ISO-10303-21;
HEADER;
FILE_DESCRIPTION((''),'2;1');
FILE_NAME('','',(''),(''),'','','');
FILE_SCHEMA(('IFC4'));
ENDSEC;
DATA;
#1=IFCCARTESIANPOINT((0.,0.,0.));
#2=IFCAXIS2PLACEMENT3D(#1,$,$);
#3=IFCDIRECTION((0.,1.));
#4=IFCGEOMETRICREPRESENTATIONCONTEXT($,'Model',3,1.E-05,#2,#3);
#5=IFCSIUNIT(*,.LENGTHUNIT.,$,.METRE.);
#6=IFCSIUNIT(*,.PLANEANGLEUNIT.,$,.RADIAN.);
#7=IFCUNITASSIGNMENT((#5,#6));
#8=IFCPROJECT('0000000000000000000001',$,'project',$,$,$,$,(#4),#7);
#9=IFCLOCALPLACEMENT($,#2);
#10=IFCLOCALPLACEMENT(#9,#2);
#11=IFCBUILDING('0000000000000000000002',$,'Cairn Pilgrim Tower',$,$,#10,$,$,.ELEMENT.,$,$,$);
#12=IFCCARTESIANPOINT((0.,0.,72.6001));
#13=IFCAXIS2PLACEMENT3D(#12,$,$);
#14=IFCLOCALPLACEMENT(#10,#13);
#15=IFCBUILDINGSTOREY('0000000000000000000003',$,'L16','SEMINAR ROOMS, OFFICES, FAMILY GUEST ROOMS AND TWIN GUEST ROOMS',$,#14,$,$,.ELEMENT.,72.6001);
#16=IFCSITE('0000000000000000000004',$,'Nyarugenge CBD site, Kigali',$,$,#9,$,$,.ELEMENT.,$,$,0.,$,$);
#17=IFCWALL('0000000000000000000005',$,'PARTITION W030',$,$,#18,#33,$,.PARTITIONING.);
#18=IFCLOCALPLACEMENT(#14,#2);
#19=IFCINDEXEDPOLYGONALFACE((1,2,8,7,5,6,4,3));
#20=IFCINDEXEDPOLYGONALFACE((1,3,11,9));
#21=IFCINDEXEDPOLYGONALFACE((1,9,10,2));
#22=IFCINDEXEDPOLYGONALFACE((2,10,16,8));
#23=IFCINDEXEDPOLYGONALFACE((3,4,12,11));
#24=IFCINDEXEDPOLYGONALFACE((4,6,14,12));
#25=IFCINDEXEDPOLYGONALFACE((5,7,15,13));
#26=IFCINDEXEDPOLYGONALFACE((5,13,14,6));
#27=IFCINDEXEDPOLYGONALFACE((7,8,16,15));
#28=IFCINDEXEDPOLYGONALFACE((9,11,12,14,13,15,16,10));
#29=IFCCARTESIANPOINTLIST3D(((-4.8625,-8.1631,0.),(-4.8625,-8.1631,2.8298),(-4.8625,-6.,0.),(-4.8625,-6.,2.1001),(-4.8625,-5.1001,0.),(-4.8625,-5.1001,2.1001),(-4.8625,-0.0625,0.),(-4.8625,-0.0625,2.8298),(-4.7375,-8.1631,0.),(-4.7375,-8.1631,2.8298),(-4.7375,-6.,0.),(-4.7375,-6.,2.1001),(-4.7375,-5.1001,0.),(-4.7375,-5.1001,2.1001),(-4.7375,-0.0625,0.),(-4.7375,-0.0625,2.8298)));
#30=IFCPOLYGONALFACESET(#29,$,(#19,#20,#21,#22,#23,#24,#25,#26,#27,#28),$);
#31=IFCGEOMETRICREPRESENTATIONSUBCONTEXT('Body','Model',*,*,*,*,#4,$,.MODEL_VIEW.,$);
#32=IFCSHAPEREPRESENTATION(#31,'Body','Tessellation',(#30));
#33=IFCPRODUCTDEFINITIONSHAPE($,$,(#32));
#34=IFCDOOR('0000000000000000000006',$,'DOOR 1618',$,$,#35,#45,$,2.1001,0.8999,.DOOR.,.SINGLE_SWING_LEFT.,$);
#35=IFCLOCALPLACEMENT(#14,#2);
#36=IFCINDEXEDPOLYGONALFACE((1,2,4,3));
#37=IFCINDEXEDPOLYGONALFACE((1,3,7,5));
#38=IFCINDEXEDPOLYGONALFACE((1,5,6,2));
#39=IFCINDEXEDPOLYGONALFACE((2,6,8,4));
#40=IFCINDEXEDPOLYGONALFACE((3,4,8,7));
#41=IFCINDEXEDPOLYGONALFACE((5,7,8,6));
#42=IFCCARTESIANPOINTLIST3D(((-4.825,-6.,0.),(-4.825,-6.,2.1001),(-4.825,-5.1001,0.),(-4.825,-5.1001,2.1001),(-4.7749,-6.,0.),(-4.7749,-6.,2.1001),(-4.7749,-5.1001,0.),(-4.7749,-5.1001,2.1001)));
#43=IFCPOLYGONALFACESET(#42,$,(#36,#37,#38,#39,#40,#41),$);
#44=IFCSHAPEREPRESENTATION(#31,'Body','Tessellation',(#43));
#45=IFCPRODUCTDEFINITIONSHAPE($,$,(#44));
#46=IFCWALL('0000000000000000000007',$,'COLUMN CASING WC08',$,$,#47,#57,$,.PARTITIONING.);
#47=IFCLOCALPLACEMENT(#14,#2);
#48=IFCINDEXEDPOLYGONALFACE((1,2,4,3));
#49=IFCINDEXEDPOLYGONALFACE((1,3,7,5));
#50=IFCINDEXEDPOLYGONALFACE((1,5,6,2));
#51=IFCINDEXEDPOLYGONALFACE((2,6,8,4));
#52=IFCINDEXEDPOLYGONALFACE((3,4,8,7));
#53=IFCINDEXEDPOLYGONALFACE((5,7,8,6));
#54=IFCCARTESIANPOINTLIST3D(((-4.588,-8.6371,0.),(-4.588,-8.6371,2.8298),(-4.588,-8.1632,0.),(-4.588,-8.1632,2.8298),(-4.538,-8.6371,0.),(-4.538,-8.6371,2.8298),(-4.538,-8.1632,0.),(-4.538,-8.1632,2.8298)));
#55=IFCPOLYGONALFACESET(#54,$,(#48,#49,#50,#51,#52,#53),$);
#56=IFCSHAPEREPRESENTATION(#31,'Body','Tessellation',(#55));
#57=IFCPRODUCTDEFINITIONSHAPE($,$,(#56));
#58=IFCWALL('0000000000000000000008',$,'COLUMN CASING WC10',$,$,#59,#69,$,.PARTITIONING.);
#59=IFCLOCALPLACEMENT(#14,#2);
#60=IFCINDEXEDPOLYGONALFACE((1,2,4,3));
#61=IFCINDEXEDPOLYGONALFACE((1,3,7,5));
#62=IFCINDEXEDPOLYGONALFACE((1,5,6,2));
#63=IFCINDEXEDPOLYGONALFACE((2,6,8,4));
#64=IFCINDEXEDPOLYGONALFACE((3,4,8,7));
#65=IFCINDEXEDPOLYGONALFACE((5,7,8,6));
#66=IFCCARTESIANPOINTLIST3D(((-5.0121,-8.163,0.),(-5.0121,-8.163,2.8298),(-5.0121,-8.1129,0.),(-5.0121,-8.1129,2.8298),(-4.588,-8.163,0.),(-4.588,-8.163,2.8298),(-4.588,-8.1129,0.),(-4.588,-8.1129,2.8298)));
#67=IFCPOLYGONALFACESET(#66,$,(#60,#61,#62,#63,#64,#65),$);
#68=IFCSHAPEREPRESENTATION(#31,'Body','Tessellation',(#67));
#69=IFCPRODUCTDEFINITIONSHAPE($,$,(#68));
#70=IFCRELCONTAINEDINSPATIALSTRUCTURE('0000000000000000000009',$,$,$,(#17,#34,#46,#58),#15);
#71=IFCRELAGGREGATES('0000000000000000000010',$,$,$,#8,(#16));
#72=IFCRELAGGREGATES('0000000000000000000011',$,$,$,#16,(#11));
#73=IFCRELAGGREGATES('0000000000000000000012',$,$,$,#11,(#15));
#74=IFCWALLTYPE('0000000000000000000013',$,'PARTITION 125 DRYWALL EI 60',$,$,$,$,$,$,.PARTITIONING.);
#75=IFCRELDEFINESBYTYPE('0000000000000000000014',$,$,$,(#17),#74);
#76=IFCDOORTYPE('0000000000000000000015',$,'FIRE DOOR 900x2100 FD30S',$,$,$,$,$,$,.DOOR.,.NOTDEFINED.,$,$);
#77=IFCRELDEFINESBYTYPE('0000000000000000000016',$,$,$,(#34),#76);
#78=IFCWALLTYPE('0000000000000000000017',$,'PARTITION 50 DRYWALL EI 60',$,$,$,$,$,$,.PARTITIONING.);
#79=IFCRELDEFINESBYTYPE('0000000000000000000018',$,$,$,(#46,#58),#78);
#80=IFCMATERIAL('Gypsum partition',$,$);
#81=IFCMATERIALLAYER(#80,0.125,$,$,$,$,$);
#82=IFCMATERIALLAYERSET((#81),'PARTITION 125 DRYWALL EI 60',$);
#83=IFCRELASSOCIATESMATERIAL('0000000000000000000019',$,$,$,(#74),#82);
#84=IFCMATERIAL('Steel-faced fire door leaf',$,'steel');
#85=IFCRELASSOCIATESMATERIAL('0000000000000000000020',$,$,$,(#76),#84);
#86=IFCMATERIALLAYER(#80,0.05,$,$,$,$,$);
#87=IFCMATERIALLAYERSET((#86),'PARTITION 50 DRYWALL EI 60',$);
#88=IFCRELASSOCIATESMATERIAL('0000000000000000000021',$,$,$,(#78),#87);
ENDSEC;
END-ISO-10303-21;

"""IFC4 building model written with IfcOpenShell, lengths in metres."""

from ifc_helpers import new_model, si_unit, direction, frame, frame_2d, origin, place, context, subcontext, project, spatial, rectangle, extrude, material, layer, layer_set, type_object, element, fill, save


model = new_model("IFC4")

# Units and contexts
model_context = context("Model", 3, precision=1e-05, world=origin(), true_north=direction((0.0, 1.0)))
body_context = subcontext(model_context, "Body", "Model", "MODEL_VIEW")
ifc_project = project(units=[si_unit("LENGTHUNIT", "METRE"), si_unit("PLANEANGLEUNIT", "RADIAN")], contexts=[model_context])

# Site, building, storey
site_placement = place(None, origin())
site = spatial("IfcSite", under=ifc_project, at=site_placement, Name="Nyarugenge CBD site, Kigali", CompositionType="ELEMENT", RefElevation=0.0)
building_placement = place(site_placement, origin())
building = spatial("IfcBuilding", under=site, at=building_placement, Name="Cairn Pilgrim Tower", CompositionType="ELEMENT")
storey_placement = place(building_placement, frame((0.0, 0.0, 72.6001)))
storey = spatial("IfcBuildingStorey", under=building, at=storey_placement, Name="L16", Description="SEMINAR ROOMS, OFFICES, FAMILY GUEST ROOMS AND TWIN GUEST ROOMS", CompositionType="ELEMENT", Elevation=72.6001)

# Shared definitions
ifc_material_1 = material(Name="Gypsum partition")
ifc_layer_1 = layer(ifc_material_1, 0.125)
ifc_layer_set_1 = layer_set([ifc_layer_1], Name="PARTITION 125 DRYWALL EI 60")
wall_type_1 = type_object("IfcWallType", Name="PARTITION 125 DRYWALL EI 60", PredefinedType="PARTITIONING", material=ifc_layer_set_1)

# Wall, opening, door
wall_1_placement = place(storey_placement, frame((-4.8, -8.1631, 0.0), z_axis=(0.0, 0.0, 1.0), x_axis=(0.0, 1.0, 0.0)))
wall_1 = element("IfcWall", 1, at=wall_1_placement, inside=storey, type_object=wall_type_1, Name="PARTITION W030", PredefinedType="PARTITIONING", context=body_context, shape_type="SweptSolid", body=[
    extrude(rectangle(XDim=8.1006, YDim=0.125, at=frame_2d((4.0503, 0.0))), origin(), (0.0, 0.0, 1.0), 2.8298),
])
opening_1_placement = place(wall_1_placement, frame((2.1631, 0.0, 0.0)))
opening_1 = element("IfcOpeningElement", 2, at=opening_1_placement, cuts=wall_1, PredefinedType="OPENING", context=body_context, shape_type="SweptSolid", body=[
    extrude(rectangle(XDim=0.8999, YDim=2.1001, at=frame_2d((0.45, 1.05))), frame((0.0, 0.0725, 0.0), z_axis=(0.0, -1.0, 0.0), x_axis=(1.0, 0.0, 0.0)), (0.0, 0.0, 1.0), 0.145),
])
ifc_material_2 = material(Name="Steel-faced fire door leaf", Category="steel")
door_type_1 = type_object("IfcDoorType", Name="FIRE DOOR 900x2100 FD30S", OperationType="NOTDEFINED", PredefinedType="DOOR", material=ifc_material_2)
door_1_placement = place(opening_1_placement, origin())
door_1 = element("IfcDoor", 3, at=door_1_placement, inside=storey, type_object=door_type_1, Name="DOOR 1618", OperationType="SINGLE_SWING_LEFT", OverallHeight=2.1001, OverallWidth=0.8999, PredefinedType="DOOR", context=body_context, shape_type="SweptSolid", body=[
    extrude(rectangle(XDim=0.8999, YDim=2.1001, at=frame_2d((0.45, 1.05))), frame((0.0, 0.0249, 0.0), z_axis=(0.0, -1.0, 0.0), x_axis=(1.0, 0.0, 0.0)), (0.0, 0.0, 1.0), 0.05),
])
fill(opening_1, door_1)

# Walls
ifc_layer_2 = layer(ifc_material_1, 0.05)
ifc_layer_set_2 = layer_set([ifc_layer_2], Name="PARTITION 50 DRYWALL EI 60")
wall_type_2 = type_object("IfcWallType", Name="PARTITION 50 DRYWALL EI 60", PredefinedType="PARTITIONING", material=ifc_layer_set_2)
wall_2_placement = place(storey_placement, frame((-4.563, -8.637, 0.0), z_axis=(0.0, 0.0, 1.0), x_axis=(0.0, 1.0, 0.0)))
element("IfcWall", 4, at=wall_2_placement, inside=storey, type_object=wall_type_2, Name="COLUMN CASING WC08", PredefinedType="PARTITIONING", context=body_context, shape_type="SweptSolid", body=[
    extrude(rectangle(XDim=0.4739, YDim=0.05, at=frame_2d((0.2368, 0.0))), origin(), (0.0, 0.0, 1.0), 2.8298),
])
wall_3_placement = place(storey_placement, frame((-5.012, -8.1379, 0.0), z_axis=(0.0, 0.0, 1.0), x_axis=(1.0, 0.0, 0.0)))
element("IfcWall", 5, at=wall_3_placement, inside=storey, type_object=wall_type_2, Name="COLUMN CASING WC10", PredefinedType="PARTITIONING", context=body_context, shape_type="SweptSolid", body=[
    extrude(rectangle(XDim=0.4241, YDim=0.05, at=frame_2d((0.2119, 0.0))), origin(), (0.0, 0.0, 1.0), 2.8298),
])

save(model, "model.ifc")
